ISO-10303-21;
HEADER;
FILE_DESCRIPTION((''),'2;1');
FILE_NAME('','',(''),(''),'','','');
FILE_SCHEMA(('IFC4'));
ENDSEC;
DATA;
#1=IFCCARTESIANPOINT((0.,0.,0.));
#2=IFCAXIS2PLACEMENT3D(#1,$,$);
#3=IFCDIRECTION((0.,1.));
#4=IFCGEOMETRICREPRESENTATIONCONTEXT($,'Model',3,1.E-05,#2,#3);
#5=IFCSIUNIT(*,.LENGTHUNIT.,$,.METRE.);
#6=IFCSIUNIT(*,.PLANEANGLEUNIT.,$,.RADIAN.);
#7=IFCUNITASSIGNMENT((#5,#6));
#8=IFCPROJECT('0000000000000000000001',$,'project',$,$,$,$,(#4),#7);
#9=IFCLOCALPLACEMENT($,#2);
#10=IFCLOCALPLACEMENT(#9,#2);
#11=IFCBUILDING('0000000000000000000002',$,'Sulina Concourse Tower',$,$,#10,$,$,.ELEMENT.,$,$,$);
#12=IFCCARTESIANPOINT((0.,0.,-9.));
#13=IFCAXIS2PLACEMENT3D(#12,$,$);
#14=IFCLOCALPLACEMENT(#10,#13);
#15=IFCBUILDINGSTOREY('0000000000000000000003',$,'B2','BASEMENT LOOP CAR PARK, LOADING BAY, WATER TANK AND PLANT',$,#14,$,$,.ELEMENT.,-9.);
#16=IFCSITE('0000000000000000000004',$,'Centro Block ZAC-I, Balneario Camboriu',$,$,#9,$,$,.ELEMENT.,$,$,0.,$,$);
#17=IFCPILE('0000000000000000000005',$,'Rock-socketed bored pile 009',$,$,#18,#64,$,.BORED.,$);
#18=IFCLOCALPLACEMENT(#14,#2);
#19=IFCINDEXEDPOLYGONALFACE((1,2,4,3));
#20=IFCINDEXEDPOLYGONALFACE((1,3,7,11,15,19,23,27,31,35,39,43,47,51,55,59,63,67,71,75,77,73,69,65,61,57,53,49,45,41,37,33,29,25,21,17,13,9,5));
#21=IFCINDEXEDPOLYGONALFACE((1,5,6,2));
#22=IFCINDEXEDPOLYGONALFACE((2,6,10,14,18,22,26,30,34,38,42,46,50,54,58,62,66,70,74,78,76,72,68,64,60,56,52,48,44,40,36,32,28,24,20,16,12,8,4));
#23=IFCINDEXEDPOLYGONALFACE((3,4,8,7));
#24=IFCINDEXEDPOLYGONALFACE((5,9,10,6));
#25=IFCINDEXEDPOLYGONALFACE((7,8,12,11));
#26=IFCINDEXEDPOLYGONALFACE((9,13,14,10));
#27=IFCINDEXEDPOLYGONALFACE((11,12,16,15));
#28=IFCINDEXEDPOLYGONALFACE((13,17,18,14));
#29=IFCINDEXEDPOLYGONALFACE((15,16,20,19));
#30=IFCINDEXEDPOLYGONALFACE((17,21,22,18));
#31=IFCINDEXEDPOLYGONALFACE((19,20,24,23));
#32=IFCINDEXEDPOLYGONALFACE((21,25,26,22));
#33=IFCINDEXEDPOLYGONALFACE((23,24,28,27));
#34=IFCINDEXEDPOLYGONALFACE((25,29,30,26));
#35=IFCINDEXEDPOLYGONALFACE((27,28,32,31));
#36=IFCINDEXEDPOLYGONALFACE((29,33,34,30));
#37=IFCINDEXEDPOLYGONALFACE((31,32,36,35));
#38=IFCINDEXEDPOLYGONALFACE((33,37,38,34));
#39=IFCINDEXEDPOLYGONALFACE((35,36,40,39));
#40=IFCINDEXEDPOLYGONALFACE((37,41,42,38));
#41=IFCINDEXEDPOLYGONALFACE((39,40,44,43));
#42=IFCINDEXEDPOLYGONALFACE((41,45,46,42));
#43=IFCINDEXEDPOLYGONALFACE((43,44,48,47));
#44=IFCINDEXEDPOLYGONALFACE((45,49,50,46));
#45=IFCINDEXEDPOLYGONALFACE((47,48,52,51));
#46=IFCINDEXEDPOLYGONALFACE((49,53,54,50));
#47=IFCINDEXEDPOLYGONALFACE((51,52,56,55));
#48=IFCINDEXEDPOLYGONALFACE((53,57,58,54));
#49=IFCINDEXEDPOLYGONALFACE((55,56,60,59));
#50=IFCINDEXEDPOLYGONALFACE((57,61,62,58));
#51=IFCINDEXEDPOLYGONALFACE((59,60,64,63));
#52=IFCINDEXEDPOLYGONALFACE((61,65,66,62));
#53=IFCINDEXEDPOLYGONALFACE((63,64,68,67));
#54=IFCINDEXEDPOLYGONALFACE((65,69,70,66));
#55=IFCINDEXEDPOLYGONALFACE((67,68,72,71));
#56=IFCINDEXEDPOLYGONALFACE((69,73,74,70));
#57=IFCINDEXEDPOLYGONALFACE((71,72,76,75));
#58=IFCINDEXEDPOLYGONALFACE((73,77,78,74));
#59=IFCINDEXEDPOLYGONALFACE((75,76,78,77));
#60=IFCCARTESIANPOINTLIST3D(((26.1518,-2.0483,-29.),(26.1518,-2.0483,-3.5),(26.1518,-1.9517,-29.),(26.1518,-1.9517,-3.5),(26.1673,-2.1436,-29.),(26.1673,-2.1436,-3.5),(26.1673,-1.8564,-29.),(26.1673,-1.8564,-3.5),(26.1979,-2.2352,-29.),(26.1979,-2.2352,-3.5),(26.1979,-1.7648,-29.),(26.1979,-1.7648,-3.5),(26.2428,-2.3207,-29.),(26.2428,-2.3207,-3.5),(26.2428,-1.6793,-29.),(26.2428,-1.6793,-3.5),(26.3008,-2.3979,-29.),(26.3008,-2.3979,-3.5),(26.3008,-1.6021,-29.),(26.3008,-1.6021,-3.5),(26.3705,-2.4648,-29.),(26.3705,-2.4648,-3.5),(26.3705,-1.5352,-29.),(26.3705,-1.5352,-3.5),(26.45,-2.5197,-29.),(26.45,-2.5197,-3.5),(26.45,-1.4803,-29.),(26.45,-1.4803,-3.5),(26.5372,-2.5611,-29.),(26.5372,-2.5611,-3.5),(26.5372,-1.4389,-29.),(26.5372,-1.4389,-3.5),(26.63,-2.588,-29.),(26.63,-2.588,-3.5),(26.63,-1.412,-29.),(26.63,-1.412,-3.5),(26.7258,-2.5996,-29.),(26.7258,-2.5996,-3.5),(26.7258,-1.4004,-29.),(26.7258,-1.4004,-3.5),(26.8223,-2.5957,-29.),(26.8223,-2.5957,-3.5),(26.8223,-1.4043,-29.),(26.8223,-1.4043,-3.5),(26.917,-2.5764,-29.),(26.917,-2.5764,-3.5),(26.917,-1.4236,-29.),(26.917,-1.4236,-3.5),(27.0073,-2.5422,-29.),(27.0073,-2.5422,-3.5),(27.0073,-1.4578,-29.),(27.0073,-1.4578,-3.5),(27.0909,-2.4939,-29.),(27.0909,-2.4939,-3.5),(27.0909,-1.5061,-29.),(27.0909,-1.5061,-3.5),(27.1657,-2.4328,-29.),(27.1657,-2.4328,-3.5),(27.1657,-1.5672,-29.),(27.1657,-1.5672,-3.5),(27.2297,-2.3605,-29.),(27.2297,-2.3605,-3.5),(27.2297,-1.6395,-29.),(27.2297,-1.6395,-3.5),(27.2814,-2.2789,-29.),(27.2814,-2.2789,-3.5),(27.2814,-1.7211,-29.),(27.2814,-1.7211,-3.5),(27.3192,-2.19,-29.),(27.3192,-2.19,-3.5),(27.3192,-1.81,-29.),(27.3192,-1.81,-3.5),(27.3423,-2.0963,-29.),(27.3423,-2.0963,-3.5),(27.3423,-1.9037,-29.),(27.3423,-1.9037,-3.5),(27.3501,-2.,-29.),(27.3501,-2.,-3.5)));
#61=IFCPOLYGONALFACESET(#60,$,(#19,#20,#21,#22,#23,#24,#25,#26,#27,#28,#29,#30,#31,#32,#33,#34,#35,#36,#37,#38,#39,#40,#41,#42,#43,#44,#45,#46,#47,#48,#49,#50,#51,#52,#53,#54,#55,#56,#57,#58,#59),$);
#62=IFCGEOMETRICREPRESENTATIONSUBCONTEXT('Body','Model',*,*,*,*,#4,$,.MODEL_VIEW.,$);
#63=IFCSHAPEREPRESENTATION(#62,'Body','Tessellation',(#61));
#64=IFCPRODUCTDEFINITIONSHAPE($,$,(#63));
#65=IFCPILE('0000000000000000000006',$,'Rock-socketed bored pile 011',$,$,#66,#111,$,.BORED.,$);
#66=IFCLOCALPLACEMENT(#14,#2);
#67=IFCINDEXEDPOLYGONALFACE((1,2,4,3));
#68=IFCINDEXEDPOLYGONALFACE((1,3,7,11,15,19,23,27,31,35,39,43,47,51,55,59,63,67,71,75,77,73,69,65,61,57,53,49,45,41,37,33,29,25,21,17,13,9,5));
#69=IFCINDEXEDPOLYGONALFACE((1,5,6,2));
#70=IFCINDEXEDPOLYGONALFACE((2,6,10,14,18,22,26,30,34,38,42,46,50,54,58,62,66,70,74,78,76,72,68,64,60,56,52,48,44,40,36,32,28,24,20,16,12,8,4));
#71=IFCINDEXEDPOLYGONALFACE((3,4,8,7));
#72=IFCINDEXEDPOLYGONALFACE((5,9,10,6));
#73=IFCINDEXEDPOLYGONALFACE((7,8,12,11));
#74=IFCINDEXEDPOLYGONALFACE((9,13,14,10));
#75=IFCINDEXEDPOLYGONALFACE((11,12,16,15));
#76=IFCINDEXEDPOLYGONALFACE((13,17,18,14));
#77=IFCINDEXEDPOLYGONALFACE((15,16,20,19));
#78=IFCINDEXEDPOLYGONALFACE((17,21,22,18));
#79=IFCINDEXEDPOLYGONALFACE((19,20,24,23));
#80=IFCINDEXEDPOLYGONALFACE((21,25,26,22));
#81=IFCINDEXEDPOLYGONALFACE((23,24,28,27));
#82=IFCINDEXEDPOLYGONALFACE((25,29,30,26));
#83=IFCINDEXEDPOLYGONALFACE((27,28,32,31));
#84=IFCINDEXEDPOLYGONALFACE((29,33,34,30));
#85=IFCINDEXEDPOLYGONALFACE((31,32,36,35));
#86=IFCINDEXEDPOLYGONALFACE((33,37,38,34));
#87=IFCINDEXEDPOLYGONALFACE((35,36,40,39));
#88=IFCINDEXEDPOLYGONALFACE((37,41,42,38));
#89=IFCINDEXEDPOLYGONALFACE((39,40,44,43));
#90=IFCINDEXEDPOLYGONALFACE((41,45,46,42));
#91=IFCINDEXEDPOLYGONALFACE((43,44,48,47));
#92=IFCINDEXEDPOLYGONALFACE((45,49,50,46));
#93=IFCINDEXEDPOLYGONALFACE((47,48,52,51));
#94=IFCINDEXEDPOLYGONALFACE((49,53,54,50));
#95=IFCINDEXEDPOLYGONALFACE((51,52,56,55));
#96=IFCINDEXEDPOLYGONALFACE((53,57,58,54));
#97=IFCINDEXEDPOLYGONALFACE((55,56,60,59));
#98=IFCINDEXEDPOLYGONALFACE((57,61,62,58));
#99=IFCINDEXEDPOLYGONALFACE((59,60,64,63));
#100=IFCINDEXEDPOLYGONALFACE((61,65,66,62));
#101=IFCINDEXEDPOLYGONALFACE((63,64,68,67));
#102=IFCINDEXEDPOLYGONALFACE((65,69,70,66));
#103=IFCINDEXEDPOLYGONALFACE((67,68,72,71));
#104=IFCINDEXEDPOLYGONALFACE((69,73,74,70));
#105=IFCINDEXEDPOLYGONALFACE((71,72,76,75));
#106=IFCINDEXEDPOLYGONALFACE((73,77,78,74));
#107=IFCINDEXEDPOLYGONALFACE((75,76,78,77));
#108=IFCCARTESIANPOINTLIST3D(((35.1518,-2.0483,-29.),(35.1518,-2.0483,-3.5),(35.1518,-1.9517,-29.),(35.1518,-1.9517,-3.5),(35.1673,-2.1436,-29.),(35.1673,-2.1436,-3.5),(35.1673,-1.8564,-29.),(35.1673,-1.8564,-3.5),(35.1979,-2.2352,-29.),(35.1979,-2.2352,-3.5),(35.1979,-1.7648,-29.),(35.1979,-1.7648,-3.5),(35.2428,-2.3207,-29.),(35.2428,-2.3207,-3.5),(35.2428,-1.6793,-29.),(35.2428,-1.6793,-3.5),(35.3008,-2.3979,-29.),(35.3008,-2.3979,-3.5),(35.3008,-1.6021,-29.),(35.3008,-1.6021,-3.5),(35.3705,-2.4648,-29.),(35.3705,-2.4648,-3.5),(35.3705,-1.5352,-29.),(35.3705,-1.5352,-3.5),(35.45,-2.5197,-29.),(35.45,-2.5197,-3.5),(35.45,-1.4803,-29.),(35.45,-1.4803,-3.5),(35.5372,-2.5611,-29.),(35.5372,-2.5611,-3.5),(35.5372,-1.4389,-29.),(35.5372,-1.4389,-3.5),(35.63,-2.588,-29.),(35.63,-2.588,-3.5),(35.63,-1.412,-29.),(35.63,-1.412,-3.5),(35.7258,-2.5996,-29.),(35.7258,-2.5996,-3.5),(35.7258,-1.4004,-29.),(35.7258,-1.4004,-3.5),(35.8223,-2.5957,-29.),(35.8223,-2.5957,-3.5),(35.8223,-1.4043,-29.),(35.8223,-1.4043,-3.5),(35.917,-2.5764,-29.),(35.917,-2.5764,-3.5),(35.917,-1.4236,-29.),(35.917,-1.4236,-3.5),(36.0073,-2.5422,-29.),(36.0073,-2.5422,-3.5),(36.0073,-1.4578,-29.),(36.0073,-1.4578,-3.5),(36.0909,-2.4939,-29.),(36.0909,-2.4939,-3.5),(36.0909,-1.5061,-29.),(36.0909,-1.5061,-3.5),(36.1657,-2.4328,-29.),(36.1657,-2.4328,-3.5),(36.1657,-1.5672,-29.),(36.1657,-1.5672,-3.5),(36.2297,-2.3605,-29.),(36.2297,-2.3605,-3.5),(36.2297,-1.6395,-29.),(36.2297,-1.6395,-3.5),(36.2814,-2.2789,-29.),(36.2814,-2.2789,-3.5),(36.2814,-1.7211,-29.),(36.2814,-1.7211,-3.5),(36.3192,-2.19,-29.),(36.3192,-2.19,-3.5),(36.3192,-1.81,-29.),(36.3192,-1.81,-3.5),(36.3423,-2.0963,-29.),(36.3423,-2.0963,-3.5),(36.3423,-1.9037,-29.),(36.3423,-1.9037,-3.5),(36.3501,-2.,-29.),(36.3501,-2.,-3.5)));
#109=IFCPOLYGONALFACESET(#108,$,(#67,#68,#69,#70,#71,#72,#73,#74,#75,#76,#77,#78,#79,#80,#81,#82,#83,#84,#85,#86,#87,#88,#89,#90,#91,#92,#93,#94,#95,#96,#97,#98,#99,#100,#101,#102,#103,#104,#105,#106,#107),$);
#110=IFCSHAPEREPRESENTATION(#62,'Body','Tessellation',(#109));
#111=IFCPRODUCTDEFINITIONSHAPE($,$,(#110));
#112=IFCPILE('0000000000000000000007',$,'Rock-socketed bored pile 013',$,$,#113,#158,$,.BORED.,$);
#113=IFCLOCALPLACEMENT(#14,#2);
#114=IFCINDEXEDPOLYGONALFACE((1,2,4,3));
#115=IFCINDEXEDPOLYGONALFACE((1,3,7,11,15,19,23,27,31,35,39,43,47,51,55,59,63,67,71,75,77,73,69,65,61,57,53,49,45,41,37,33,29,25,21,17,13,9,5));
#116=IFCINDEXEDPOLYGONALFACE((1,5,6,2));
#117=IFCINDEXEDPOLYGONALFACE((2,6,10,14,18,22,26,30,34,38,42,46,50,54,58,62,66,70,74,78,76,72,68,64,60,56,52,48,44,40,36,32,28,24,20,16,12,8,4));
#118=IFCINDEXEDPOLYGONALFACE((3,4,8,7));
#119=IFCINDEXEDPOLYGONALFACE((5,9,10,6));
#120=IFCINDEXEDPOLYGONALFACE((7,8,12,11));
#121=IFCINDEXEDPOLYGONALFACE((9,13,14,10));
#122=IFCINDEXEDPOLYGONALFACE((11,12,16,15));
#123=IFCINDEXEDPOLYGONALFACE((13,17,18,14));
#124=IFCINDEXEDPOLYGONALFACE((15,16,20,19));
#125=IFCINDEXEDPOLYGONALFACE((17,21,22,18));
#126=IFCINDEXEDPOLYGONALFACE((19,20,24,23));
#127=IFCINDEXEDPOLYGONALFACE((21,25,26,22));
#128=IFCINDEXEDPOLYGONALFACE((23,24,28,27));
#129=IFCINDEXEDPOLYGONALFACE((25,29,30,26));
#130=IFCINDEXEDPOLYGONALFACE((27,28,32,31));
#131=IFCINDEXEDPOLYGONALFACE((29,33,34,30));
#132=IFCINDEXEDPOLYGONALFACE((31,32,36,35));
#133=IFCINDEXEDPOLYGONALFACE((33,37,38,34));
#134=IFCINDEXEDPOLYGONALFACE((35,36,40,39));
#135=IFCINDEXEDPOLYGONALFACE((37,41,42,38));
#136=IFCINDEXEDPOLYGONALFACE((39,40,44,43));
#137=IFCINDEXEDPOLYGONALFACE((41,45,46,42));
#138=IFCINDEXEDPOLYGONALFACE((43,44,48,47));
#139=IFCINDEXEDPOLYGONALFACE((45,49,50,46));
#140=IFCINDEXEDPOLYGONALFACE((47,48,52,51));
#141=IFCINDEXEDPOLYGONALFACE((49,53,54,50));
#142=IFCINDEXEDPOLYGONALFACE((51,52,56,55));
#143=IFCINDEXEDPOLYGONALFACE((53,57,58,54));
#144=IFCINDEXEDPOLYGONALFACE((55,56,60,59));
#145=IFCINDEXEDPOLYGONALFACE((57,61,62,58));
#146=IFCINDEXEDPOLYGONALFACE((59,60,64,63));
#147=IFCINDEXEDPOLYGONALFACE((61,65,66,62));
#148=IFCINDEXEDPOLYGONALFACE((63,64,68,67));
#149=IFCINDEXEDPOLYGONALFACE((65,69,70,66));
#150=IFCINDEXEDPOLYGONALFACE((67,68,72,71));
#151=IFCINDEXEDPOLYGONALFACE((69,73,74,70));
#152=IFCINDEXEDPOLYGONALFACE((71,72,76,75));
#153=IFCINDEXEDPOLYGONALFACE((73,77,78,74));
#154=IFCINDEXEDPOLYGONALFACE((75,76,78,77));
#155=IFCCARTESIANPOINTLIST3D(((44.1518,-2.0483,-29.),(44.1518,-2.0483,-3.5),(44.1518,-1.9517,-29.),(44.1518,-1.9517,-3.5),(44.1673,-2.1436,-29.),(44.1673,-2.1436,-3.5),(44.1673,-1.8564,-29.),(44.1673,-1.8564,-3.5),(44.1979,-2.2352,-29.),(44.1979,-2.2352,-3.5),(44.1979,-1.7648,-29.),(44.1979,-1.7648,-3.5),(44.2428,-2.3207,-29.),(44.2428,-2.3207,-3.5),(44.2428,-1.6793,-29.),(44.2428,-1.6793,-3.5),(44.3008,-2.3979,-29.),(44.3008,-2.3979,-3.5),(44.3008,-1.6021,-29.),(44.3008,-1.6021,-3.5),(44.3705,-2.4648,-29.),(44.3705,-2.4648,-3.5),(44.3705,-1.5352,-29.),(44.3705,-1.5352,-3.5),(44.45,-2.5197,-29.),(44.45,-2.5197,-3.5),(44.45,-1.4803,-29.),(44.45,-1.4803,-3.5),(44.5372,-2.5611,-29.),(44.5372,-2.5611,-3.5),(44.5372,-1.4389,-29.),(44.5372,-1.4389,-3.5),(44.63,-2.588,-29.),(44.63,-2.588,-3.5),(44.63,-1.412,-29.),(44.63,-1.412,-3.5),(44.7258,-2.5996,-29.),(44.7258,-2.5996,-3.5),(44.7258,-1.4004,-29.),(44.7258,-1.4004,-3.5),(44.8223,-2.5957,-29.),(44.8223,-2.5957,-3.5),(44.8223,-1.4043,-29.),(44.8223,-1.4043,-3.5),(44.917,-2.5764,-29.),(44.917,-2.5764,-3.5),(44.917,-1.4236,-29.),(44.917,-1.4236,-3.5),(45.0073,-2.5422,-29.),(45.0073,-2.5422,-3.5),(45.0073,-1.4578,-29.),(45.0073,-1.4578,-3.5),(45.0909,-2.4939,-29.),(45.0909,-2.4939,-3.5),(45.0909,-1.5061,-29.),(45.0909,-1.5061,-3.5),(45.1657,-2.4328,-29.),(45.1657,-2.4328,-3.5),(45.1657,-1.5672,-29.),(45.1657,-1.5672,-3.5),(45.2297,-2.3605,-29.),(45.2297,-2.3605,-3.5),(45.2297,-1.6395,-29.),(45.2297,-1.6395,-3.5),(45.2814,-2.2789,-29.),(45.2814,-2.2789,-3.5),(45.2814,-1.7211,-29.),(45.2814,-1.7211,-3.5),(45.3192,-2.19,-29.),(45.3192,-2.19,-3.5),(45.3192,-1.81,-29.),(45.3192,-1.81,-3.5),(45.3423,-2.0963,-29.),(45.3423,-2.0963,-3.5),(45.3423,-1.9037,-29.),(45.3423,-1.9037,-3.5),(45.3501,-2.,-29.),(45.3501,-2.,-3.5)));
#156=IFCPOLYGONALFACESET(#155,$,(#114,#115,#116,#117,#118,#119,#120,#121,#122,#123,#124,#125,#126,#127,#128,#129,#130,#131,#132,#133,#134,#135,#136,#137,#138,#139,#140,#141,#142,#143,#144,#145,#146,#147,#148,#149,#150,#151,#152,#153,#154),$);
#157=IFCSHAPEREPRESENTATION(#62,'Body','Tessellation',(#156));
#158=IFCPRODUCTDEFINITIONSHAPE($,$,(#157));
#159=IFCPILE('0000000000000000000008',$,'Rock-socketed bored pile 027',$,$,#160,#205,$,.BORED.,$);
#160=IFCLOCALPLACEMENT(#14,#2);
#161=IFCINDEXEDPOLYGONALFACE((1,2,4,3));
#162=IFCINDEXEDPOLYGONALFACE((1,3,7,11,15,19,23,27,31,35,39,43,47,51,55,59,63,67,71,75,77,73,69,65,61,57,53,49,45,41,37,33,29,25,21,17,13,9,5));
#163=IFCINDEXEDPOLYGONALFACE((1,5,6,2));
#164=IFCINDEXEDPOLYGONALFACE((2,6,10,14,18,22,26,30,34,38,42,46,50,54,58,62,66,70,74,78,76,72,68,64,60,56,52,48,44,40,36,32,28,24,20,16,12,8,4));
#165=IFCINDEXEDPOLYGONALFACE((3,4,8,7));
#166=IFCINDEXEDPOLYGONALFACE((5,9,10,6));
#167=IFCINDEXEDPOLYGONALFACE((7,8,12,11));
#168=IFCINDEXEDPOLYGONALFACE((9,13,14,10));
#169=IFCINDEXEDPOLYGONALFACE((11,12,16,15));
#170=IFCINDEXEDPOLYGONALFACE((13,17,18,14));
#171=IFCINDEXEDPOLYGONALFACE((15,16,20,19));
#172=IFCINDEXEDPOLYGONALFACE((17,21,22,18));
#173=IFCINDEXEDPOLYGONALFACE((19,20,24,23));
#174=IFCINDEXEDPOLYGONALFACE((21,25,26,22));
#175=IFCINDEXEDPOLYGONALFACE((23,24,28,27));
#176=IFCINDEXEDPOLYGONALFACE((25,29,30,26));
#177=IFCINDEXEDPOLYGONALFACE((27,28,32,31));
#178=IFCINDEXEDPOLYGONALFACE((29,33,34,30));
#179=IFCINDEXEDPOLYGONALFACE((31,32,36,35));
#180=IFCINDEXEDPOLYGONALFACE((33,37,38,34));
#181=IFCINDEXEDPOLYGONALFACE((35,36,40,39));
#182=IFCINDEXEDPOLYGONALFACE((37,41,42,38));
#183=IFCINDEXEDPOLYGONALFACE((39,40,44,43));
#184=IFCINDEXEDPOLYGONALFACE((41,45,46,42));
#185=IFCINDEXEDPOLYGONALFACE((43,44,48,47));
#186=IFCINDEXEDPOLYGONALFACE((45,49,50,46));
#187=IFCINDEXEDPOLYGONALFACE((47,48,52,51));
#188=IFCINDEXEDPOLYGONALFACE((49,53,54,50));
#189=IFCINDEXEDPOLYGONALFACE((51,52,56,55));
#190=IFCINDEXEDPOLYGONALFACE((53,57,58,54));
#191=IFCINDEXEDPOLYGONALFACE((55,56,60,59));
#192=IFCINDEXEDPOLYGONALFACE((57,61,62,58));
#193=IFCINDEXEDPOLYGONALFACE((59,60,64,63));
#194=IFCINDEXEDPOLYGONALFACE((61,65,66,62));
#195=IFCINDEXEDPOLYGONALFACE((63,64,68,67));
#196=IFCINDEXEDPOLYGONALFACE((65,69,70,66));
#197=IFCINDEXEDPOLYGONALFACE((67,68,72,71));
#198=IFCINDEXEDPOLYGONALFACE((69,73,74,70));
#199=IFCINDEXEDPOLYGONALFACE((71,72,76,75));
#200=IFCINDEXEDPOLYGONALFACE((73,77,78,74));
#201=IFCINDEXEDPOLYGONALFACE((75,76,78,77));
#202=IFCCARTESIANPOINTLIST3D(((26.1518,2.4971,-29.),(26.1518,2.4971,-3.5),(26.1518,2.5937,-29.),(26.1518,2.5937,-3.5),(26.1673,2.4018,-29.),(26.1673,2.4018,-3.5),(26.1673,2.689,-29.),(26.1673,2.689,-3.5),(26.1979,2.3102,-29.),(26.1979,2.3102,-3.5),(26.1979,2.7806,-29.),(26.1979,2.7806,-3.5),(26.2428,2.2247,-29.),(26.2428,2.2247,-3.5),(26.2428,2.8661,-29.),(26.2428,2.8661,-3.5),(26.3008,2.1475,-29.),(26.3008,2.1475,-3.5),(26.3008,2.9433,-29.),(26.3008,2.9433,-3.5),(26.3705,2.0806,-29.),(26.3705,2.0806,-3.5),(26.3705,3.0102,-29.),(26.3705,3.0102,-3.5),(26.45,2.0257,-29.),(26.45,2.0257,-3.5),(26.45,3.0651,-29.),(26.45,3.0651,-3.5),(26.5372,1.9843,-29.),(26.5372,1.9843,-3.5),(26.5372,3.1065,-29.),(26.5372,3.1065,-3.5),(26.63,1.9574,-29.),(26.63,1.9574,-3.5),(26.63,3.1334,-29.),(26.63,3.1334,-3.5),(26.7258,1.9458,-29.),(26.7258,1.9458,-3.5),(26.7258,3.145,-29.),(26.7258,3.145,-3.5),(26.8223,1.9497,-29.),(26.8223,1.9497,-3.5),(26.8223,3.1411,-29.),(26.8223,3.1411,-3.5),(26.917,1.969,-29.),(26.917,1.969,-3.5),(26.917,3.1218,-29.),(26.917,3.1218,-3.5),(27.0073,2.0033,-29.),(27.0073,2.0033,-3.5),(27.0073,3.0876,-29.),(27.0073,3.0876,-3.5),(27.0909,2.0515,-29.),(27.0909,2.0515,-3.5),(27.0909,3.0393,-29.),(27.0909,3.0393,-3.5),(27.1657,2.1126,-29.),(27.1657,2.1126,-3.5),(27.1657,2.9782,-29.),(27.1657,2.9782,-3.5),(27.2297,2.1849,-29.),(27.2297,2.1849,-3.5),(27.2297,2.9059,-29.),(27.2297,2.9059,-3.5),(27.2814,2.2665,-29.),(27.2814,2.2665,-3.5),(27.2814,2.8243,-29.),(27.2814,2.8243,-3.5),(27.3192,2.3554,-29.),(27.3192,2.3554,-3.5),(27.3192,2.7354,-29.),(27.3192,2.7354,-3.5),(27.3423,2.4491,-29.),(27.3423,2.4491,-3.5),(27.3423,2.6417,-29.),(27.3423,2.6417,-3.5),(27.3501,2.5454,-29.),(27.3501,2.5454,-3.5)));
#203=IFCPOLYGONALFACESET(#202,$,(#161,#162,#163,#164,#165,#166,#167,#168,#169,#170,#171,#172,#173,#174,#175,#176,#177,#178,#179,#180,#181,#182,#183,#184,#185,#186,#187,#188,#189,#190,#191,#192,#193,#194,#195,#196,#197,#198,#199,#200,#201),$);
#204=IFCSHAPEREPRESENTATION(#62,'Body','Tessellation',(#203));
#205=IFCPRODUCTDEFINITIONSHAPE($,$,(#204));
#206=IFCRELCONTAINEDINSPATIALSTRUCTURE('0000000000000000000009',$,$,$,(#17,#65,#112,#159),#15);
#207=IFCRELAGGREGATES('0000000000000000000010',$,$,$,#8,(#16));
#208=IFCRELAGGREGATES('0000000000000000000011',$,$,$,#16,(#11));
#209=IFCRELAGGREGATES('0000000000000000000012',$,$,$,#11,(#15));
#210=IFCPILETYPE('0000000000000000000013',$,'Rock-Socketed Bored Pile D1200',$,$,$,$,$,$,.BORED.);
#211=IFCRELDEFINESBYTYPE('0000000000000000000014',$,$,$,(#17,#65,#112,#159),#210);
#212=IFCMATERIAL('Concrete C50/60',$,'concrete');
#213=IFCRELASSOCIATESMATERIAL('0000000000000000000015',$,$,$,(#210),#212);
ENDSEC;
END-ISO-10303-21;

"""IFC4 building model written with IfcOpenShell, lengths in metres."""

from ifc_helpers import new_model, si_unit, direction, frame, origin, origin_2d, place, context, subcontext, project, spatial, circle, extrude, material, material_profile, profile_set, type_object, element, save


model = new_model("IFC4")

# Units and contexts
model_context = context("Model", 3, precision=1e-05, world=origin(), true_north=direction((0.0, 1.0)))
body_context = subcontext(model_context, "Body", "Model", "MODEL_VIEW")
ifc_project = project(units=[si_unit("LENGTHUNIT", "METRE"), si_unit("PLANEANGLEUNIT", "RADIAN")], contexts=[model_context])

# Site, building, storey
site_placement = place(None, origin())
site = spatial("IfcSite", under=ifc_project, at=site_placement, Name="Centro Block ZAC-I, Balneario Camboriu", CompositionType="ELEMENT", RefElevation=0.0)
building_placement = place(site_placement, origin())
building = spatial("IfcBuilding", under=site, at=building_placement, Name="Sulina Concourse Tower", CompositionType="ELEMENT")
storey_placement = place(building_placement, frame((0.0, 0.0, -9.0)))
storey = spatial("IfcBuildingStorey", under=building, at=storey_placement, Name="B2", Description="BASEMENT LOOP CAR PARK, LOADING BAY, WATER TANK AND PLANT", CompositionType="ELEMENT", Elevation=-9.0)

# Piles
ifc_material_1 = material(Name="Concrete C50/60", Category="concrete")
ifc_material_profile_1 = material_profile(ifc_material_1, circle(Radius=0.6001, at=origin_2d()), Name="PILE D1200")
ifc_profile_set_1 = profile_set([ifc_material_profile_1], Name="Concrete C50/60")
pile_type_1 = type_object("IfcPileType", Name="Rock-Socketed Bored Pile D1200", PredefinedType="BORED", material=ifc_profile_set_1)
for number, where, z_axis, x_axis, name in (
    (1, (26.75, -2.0, -3.5), (0.0, 0.0, -1.0), (1.0, 0.0, 0.0), "Rock-socketed bored pile 009"),
    (2, (35.75, -2.0, -3.5), (0.0, 0.0, -1.0), (1.0, 0.0, 0.0), "Rock-socketed bored pile 011"),
    (3, (44.75, -2.0, -3.5), (0.0, 0.0, -1.0), (1.0, 0.0, 0.0), "Rock-socketed bored pile 013"),
    (4, (26.75, 2.5454, -3.5), (0.0, 0.0, -1.0), (1.0, 0.0, 0.0), "Rock-socketed bored pile 027"),
):
    element("IfcPile", number, at=place(storey_placement, frame(where, z_axis=z_axis, x_axis=x_axis)), inside=storey, type_object=pile_type_1, Name=name, PredefinedType="BORED", context=body_context, shape_type="SweptSolid", body=[
        extrude(circle(Radius=0.6001, at=origin_2d()), origin(), (0.0, 0.0, 1.0), 25.5),
    ])

save(model, "model.ifc")
